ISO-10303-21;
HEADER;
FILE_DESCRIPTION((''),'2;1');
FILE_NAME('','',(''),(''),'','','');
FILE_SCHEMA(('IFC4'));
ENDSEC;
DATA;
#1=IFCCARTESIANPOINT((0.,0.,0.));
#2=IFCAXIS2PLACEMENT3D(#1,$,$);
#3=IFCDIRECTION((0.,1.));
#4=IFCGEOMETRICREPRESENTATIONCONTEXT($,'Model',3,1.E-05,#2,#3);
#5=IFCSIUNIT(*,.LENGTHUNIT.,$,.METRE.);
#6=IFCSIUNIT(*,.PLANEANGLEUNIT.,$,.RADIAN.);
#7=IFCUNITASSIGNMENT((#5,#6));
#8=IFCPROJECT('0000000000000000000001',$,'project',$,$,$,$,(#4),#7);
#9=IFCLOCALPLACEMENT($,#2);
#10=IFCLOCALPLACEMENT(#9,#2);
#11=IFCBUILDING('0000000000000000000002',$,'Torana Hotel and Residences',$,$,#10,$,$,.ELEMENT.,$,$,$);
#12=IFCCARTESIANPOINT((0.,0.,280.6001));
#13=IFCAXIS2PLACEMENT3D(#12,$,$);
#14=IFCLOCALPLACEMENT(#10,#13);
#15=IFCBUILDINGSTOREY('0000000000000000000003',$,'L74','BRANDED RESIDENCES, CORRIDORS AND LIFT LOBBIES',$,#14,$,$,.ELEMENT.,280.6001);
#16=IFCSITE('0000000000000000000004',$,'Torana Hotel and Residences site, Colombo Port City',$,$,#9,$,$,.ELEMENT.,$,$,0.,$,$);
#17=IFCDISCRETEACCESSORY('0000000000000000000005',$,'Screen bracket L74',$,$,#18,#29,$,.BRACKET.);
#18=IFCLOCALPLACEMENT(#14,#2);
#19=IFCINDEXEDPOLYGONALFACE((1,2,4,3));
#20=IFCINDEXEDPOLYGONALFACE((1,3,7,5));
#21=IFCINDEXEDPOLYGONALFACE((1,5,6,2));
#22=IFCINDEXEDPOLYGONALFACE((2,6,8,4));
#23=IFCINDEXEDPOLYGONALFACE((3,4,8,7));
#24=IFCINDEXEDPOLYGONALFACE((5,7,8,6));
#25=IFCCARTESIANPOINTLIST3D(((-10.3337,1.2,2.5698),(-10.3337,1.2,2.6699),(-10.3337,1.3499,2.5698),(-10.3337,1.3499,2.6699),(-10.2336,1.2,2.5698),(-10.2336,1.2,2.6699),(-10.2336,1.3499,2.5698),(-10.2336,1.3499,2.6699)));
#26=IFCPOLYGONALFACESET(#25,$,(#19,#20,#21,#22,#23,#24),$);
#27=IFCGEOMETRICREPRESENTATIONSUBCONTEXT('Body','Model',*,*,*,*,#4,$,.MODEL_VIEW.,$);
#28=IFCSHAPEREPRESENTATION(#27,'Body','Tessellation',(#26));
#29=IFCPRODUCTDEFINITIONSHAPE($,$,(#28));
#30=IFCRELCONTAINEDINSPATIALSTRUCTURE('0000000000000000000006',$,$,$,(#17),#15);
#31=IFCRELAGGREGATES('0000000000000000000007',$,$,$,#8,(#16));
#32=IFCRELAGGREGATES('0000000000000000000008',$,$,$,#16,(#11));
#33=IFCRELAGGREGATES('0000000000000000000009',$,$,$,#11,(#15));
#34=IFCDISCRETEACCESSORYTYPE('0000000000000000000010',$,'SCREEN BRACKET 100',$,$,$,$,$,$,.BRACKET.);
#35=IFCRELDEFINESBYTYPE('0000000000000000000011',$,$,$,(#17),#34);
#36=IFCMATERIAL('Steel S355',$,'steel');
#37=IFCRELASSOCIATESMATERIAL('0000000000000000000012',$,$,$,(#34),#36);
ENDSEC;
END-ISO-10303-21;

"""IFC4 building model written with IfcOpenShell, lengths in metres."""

from ifc_helpers import new_model, si_unit, direction, frame, origin, origin_2d, place, context, subcontext, project, spatial, rectangle, extrude, material, type_object, element, save


model = new_model("IFC4")

# Units and contexts
model_context = context("Model", 3, precision=1e-05, world=origin(), true_north=direction((0.0, 1.0)))
body_context = subcontext(model_context, "Body", "Model", "MODEL_VIEW")
ifc_project = project(units=[si_unit("LENGTHUNIT", "METRE"), si_unit("PLANEANGLEUNIT", "RADIAN")], contexts=[model_context])

# Site, building, storey
site_placement = place(None, origin())
site = spatial("IfcSite", under=ifc_project, at=site_placement, Name="Torana Hotel and Residences site, Colombo Port City", CompositionType="ELEMENT", RefElevation=0.0)
building_placement = place(site_placement, origin())
building = spatial("IfcBuilding", under=site, at=building_placement, Name="Torana Hotel and Residences", CompositionType="ELEMENT")
storey_placement = place(building_placement, frame((0.0, 0.0, 280.6001)))
storey = spatial("IfcBuildingStorey", under=building, at=storey_placement, Name="L74", Description="BRANDED RESIDENCES, CORRIDORS AND LIFT LOBBIES", CompositionType="ELEMENT", Elevation=280.6001)

# Discrete accessory
ifc_material_1 = material(Name="Steel S355", Category="steel")
discrete_accessory_type = type_object("IfcDiscreteAccessoryType", Name="SCREEN BRACKET 100", PredefinedType="BRACKET", material=ifc_material_1)
for number, where, z_axis, x_axis, name in (
    (1, (-10.2837, 1.2749, 2.5698), (0.0, 0.0, 1.0), (-1.0, 0.0, 0.0), "Screen bracket L74"),
):
    element("IfcDiscreteAccessory", number, at=place(storey_placement, frame(where, z_axis=z_axis, x_axis=x_axis)), inside=storey, type_object=discrete_accessory_type, Name=name, PredefinedType="BRACKET", context=body_context, shape_type="SweptSolid", body=[
        extrude(rectangle(XDim=0.1001, YDim=0.1499, at=origin_2d()), origin(), (0.0, 0.0, 1.0), 0.1001),
    ])

save(model, "model.ifc")
